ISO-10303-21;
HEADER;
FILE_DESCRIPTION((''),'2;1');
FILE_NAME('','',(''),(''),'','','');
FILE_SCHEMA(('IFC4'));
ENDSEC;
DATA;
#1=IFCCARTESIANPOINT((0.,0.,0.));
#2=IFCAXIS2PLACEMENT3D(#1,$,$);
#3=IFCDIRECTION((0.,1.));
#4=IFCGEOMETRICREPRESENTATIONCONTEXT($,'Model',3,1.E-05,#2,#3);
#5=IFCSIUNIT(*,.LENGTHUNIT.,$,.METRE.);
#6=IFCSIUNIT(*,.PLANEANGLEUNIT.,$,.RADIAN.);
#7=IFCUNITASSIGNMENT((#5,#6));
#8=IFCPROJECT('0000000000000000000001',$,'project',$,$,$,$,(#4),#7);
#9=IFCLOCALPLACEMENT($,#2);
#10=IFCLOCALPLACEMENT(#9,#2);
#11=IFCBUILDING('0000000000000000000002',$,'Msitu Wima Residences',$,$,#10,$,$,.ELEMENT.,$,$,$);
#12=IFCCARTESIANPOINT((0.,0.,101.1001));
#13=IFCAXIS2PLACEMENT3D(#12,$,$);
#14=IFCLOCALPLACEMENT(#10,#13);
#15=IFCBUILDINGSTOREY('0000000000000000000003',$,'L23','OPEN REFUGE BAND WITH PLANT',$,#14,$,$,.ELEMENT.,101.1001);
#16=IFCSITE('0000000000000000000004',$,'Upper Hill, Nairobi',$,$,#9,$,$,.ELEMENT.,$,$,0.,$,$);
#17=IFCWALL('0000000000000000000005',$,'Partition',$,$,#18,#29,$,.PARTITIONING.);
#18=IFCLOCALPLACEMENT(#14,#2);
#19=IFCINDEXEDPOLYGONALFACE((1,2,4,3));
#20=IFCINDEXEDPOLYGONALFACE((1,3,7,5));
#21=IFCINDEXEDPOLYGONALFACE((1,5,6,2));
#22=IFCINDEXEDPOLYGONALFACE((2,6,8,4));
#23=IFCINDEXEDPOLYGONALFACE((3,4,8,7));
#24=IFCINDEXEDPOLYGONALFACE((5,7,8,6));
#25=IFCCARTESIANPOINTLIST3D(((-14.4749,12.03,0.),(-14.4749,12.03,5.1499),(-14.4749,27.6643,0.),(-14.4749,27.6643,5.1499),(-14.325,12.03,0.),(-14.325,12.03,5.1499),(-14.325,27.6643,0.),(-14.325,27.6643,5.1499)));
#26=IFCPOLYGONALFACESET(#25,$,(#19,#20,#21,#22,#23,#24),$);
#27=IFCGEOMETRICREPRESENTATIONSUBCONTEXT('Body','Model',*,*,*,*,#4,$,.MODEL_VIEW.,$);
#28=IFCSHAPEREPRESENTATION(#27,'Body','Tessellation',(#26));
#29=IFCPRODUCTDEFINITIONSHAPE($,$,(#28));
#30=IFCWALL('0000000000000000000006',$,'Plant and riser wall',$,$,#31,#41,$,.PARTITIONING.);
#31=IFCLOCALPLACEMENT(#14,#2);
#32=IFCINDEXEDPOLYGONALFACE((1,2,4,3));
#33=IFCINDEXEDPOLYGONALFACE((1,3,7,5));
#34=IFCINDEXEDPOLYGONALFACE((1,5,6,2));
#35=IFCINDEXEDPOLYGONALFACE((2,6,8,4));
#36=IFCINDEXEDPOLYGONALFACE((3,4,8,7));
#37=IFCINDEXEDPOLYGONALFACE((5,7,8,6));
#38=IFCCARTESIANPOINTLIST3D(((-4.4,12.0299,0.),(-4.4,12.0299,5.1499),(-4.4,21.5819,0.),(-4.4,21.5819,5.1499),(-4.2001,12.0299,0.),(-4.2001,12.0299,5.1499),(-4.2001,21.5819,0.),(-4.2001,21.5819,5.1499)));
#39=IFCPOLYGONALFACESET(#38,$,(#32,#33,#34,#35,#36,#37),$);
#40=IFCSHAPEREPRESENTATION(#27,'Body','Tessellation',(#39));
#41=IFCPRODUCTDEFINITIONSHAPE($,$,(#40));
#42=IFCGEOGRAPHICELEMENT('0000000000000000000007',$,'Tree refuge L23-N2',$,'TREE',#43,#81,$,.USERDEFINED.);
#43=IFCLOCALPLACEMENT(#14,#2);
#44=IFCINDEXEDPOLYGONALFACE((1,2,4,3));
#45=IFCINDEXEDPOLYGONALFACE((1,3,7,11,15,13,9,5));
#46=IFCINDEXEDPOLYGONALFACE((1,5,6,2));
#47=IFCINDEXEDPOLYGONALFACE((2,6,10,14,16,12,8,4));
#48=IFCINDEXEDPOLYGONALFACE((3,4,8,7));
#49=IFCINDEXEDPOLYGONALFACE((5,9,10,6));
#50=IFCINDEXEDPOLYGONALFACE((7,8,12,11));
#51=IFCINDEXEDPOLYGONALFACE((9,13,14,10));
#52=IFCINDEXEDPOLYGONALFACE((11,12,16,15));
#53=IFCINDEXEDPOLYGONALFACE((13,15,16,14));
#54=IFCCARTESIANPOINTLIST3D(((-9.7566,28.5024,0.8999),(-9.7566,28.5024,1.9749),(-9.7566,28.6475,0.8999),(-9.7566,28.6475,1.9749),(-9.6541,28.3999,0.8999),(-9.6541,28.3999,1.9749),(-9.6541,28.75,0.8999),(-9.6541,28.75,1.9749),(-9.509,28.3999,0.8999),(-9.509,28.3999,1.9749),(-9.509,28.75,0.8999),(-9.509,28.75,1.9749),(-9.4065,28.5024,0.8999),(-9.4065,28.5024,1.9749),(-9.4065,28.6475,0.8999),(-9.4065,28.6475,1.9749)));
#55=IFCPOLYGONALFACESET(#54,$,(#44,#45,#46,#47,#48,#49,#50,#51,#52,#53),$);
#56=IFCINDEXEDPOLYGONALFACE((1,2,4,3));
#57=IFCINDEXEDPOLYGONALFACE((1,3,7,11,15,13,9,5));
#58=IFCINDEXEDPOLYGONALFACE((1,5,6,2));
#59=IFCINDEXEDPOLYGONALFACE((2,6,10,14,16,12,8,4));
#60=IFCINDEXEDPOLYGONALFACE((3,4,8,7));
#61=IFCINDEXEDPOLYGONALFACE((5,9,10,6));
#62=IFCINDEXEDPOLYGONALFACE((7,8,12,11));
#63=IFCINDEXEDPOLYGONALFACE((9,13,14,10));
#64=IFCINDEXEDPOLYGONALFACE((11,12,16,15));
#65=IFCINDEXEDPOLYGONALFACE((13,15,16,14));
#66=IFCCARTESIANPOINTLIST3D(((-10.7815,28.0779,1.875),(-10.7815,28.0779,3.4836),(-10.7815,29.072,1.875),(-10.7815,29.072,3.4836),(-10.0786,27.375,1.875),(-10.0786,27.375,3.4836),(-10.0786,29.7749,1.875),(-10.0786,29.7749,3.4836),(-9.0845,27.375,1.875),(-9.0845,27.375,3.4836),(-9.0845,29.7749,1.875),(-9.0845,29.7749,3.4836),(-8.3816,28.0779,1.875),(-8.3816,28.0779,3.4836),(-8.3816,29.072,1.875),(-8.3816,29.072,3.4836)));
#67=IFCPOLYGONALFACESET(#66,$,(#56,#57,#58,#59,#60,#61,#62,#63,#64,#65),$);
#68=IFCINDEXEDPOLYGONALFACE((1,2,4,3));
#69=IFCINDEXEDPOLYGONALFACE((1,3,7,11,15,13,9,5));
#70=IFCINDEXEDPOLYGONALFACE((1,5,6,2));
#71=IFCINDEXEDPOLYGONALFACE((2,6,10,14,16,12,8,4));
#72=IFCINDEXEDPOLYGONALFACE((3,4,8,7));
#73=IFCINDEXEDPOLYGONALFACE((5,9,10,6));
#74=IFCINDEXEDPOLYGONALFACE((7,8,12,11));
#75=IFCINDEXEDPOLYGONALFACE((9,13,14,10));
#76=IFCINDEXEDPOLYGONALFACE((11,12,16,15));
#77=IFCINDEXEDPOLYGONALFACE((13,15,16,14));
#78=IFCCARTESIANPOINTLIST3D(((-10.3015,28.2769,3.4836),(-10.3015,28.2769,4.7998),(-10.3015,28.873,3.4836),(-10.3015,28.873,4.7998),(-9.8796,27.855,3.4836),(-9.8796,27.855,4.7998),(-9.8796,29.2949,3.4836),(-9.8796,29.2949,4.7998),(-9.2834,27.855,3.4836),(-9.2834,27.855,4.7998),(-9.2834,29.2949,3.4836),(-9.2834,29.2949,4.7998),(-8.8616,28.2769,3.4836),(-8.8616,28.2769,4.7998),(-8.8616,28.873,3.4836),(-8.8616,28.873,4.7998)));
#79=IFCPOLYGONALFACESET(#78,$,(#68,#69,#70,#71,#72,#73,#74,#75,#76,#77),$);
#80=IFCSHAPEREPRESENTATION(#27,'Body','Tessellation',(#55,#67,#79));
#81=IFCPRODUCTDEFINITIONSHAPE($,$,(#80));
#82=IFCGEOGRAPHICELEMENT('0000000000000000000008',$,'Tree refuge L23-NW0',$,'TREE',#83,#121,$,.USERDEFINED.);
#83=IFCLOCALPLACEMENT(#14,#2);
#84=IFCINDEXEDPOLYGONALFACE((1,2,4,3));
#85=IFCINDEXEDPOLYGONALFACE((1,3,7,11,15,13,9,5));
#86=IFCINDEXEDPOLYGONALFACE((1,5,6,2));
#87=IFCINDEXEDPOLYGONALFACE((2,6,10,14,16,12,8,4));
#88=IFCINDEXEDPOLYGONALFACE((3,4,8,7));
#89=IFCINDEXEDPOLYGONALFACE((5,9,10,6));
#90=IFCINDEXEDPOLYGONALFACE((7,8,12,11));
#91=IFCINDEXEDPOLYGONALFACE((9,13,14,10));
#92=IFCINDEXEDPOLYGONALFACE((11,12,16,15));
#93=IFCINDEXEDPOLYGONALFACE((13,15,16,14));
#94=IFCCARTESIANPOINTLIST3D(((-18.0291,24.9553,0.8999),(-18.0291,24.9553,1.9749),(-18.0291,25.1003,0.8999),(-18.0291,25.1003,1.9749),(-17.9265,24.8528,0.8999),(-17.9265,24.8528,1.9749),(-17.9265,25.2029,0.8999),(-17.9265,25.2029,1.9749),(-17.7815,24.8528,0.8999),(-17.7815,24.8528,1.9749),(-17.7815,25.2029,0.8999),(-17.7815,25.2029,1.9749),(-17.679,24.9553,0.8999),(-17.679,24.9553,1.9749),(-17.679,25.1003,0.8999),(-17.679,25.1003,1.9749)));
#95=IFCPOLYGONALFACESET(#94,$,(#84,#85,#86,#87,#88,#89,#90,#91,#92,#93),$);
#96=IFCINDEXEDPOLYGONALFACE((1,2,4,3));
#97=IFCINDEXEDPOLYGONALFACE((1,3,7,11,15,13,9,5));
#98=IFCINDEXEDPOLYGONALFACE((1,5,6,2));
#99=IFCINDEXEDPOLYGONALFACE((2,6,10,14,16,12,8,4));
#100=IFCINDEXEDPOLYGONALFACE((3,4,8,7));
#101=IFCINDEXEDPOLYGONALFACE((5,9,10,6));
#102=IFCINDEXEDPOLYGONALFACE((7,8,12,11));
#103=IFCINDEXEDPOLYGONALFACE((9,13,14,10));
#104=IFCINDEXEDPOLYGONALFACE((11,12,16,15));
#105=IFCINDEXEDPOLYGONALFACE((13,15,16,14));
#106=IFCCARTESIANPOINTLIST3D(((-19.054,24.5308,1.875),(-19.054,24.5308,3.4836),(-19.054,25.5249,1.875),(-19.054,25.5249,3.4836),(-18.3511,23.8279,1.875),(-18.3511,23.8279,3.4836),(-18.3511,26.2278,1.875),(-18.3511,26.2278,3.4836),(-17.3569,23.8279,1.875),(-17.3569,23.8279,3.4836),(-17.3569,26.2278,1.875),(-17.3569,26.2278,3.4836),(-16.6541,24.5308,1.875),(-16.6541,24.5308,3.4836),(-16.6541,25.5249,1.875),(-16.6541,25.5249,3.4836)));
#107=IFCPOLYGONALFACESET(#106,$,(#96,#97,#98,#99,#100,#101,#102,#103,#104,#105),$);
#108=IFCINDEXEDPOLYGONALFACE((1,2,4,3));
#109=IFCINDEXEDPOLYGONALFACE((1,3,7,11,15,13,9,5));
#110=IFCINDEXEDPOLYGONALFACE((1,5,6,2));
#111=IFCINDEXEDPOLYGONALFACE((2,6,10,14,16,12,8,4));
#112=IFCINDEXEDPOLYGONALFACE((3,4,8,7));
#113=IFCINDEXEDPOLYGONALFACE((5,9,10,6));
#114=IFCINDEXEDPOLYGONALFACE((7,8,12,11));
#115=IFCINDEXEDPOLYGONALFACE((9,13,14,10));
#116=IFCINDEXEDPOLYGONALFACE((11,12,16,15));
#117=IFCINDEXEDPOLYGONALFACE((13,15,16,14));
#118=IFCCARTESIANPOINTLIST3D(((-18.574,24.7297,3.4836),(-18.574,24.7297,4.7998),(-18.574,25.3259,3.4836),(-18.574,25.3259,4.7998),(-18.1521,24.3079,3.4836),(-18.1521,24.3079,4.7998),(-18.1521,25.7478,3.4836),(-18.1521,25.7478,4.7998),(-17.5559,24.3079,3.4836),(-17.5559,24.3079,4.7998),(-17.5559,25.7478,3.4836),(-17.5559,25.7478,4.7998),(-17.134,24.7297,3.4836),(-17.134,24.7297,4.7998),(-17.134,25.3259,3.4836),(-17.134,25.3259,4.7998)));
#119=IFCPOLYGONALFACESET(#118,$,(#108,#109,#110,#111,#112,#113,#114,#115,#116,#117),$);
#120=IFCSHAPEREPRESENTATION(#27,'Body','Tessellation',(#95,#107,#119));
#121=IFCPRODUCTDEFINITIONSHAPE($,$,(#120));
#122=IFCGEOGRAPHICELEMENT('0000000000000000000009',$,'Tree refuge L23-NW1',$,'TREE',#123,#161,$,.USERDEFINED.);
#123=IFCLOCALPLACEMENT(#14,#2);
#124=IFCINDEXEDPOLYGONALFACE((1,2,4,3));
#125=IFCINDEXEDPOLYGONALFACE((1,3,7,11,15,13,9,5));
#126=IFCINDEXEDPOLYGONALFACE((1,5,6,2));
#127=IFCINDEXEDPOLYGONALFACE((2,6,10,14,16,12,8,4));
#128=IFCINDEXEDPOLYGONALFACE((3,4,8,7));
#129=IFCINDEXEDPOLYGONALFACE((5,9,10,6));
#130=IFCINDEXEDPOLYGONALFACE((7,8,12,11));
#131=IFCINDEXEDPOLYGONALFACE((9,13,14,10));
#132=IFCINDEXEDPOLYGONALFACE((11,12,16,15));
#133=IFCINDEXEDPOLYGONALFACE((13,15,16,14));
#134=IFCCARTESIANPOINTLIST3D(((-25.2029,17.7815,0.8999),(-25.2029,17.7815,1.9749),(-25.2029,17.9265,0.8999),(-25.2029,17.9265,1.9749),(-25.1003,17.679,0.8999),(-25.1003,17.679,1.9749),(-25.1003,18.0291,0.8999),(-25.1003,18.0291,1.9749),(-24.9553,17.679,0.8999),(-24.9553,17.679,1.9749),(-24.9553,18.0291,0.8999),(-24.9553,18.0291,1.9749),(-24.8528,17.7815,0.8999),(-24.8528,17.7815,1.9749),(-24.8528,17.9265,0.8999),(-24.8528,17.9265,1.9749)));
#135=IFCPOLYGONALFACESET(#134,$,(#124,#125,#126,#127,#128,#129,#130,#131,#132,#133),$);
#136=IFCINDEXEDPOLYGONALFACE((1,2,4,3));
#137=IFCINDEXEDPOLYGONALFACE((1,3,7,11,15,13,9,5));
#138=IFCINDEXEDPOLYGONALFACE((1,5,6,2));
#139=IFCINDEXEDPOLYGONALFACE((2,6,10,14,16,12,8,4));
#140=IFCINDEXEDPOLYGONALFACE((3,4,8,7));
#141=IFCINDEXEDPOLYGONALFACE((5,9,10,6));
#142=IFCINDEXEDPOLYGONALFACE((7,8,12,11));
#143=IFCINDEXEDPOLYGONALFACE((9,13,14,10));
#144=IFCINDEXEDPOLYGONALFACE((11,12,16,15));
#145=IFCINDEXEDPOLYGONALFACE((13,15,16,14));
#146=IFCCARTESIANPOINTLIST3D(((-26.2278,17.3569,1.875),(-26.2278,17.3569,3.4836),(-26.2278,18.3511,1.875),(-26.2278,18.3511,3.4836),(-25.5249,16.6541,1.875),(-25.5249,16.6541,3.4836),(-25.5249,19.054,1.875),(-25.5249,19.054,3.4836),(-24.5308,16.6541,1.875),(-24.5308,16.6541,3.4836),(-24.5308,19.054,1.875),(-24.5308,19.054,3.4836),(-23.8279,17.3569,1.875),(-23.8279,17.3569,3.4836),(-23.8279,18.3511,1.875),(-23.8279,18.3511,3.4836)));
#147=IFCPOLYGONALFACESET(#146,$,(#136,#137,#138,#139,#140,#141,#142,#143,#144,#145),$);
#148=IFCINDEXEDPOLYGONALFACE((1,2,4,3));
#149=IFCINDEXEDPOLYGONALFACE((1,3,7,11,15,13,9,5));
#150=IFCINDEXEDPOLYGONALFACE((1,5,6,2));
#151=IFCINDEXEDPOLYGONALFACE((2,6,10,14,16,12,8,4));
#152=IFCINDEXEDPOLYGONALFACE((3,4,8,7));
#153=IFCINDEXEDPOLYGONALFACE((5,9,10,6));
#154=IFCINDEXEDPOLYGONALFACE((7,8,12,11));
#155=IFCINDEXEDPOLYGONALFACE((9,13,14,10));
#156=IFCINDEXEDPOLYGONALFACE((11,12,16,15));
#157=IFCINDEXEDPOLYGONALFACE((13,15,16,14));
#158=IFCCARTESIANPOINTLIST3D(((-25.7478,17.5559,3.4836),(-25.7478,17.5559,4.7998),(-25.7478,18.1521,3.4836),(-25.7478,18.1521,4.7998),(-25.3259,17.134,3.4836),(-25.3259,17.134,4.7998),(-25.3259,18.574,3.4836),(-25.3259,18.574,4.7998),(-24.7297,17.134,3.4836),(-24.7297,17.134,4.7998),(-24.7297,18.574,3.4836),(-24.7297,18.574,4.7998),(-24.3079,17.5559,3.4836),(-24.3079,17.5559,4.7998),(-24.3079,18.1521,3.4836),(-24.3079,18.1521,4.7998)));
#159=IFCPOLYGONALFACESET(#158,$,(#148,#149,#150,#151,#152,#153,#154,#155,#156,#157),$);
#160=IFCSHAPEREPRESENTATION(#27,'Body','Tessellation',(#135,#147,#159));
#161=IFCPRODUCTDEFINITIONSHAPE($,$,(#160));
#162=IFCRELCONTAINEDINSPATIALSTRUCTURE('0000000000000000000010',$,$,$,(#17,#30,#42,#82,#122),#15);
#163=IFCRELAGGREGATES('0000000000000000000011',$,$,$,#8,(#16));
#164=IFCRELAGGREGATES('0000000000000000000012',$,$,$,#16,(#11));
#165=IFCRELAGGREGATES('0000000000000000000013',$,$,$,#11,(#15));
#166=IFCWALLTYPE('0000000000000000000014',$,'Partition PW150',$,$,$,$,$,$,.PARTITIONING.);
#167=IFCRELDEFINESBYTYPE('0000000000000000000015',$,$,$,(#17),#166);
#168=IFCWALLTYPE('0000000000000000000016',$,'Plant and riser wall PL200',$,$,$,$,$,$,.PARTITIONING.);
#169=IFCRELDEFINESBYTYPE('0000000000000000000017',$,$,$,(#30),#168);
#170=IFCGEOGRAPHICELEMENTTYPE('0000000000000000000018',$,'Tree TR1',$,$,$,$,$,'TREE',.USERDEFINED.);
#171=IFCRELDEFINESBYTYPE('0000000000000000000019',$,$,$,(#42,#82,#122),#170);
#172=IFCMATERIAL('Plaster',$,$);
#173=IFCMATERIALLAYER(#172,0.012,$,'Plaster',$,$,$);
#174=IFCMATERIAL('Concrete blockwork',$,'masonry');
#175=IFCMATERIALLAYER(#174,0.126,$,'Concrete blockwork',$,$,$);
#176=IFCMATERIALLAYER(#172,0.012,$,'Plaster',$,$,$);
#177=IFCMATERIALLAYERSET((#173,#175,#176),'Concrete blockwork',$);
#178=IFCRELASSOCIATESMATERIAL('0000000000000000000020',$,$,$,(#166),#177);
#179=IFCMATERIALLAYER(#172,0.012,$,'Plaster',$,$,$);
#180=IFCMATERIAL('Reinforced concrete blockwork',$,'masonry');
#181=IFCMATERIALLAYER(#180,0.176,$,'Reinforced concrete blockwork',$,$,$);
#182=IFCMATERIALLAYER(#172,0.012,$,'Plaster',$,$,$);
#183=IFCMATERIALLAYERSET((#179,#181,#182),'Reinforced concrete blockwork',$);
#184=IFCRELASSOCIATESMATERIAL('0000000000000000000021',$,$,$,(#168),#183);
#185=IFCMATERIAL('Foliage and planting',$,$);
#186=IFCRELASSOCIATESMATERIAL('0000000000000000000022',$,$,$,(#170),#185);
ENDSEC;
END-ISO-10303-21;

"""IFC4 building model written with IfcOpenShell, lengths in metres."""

from ifc_helpers import new_model, si_unit, direction, frame, frame_2d, origin, place, context, subcontext, project, spatial, polyline, rectangle, outline, extrude, material, layer, layer_set, type_object, element, save


model = new_model("IFC4")

# Units and contexts
model_context = context("Model", 3, precision=1e-05, world=origin(), true_north=direction((0.0, 1.0)))
body_context = subcontext(model_context, "Body", "Model", "MODEL_VIEW")
ifc_project = project(units=[si_unit("LENGTHUNIT", "METRE"), si_unit("PLANEANGLEUNIT", "RADIAN")], contexts=[model_context])

# Site, building, storey
site_placement = place(None, origin())
site = spatial("IfcSite", under=ifc_project, at=site_placement, Name="Upper Hill, Nairobi", CompositionType="ELEMENT", RefElevation=0.0)
building_placement = place(site_placement, origin())
building = spatial("IfcBuilding", under=site, at=building_placement, Name="Msitu Wima Residences", CompositionType="ELEMENT")
storey_placement = place(building_placement, frame((0.0, 0.0, 101.1001)))
storey = spatial("IfcBuildingStorey", under=building, at=storey_placement, Name="L23", Description="OPEN REFUGE BAND WITH PLANT", CompositionType="ELEMENT", Elevation=101.1001)

# Walls
ifc_material_1 = material(Name="Plaster")
ifc_layer_1 = layer(ifc_material_1, 0.012, Name="Plaster")
ifc_material_2 = material(Name="Concrete blockwork", Category="masonry")
ifc_layer_2 = layer(ifc_material_2, 0.126, Name="Concrete blockwork")
ifc_layer_3 = layer(ifc_material_1, 0.012, Name="Plaster")
ifc_layer_set_1 = layer_set([ifc_layer_1, ifc_layer_2, ifc_layer_3], Name="Concrete blockwork")
wall_type_1 = type_object("IfcWallType", Name="Partition PW150", PredefinedType="PARTITIONING", material=ifc_layer_set_1)
wall_1_placement = place(storey_placement, frame((-14.3999, 12.03, 0.0), z_axis=(0.0, 0.0, 1.0), x_axis=(0.0, 1.0, 0.0)))
element("IfcWall", 1, at=wall_1_placement, inside=storey, type_object=wall_type_1, Name="Partition", PredefinedType="PARTITIONING", context=body_context, shape_type="SweptSolid", body=[
    extrude(rectangle(XDim=15.6343, YDim=0.1499, at=frame_2d((7.8171, 0.0))), origin(), (0.0, 0.0, 1.0), 5.1499),
])
ifc_layer_4 = layer(ifc_material_1, 0.012, Name="Plaster")
ifc_material_3 = material(Name="Reinforced concrete blockwork", Category="masonry")
ifc_layer_5 = layer(ifc_material_3, 0.176, Name="Reinforced concrete blockwork")
ifc_layer_6 = layer(ifc_material_1, 0.012, Name="Plaster")
ifc_layer_set_2 = layer_set([ifc_layer_4, ifc_layer_5, ifc_layer_6], Name="Reinforced concrete blockwork")
wall_type_2 = type_object("IfcWallType", Name="Plant and riser wall PL200", PredefinedType="PARTITIONING", material=ifc_layer_set_2)
wall_2_placement = place(storey_placement, frame((-4.3, 12.03, 0.0), z_axis=(0.0, 0.0, 1.0), x_axis=(0.0, 1.0, 0.0)))
element("IfcWall", 2, at=wall_2_placement, inside=storey, type_object=wall_type_2, Name="Plant and riser wall", PredefinedType="PARTITIONING", context=body_context, shape_type="SweptSolid", body=[
    extrude(rectangle(XDim=9.552, YDim=0.2, at=frame_2d((4.7759, 0.0))), origin(), (0.0, 0.0, 1.0), 5.1499),
])

# Geographic elements
ifc_material_4 = material(Name="Foliage and planting")
geographic_element_type = type_object("IfcGeographicElementType", Name="Tree TR1", ElementType="TREE", PredefinedType="USERDEFINED", material=ifc_material_4)
for number, where, z_axis, x_axis, name in (
    (3, (-9.5815, 28.575, 0.8999), (0.0, 0.0, 1.0), (1.0, 0.0, 0.0), "Tree refuge L23-N2"),
    (4, (-17.854, 25.0278, 0.8999), (0.0, 0.0, 1.0), (1.0, 0.0, 0.0), "Tree refuge L23-NW0"),
    (5, (-25.0278, 17.854, 0.8999), (0.0, 0.0, 1.0), (1.0, 0.0, 0.0), "Tree refuge L23-NW1"),
):
    element("IfcGeographicElement", number, at=place(storey_placement, frame(where, z_axis=z_axis, x_axis=x_axis)), inside=storey, type_object=geographic_element_type, Name=name, ObjectType="TREE", PredefinedType="USERDEFINED", context=body_context, shape_type="SweptSolid", body=[
        extrude(outline(polyline([(0.175, 0.0725), (0.0725, 0.175), (-0.0725, 0.175), (-0.175, 0.0725), (-0.175, -0.0725), (-0.0725, -0.175), (0.0725, -0.175), (0.175, -0.0725), (0.175, 0.0725)])), origin(), (0.0, 0.0, 1.0), 1.075),
        extrude(outline(polyline([(1.2, 0.4971), (0.4971, 1.2), (-0.4971, 1.2), (-1.2, 0.4971), (-1.2, -0.4971), (-0.4971, -1.2), (0.4971, -1.2), (1.2, -0.4971), (1.2, 0.4971)])), frame((0.0, 0.0, 0.9751)), (0.0, 0.0, 1.0), 1.6086),
        extrude(outline(polyline([(0.72, 0.2981), (0.2981, 0.72), (-0.2981, 0.72), (-0.72, 0.2981), (-0.72, -0.2981), (-0.2981, -0.72), (0.2981, -0.72), (0.72, -0.2981), (0.72, 0.2981)])), frame((0.0, 0.0, 2.5837)), (0.0, 0.0, 1.0), 1.3162),
    ])

save(model, "model.ifc")
